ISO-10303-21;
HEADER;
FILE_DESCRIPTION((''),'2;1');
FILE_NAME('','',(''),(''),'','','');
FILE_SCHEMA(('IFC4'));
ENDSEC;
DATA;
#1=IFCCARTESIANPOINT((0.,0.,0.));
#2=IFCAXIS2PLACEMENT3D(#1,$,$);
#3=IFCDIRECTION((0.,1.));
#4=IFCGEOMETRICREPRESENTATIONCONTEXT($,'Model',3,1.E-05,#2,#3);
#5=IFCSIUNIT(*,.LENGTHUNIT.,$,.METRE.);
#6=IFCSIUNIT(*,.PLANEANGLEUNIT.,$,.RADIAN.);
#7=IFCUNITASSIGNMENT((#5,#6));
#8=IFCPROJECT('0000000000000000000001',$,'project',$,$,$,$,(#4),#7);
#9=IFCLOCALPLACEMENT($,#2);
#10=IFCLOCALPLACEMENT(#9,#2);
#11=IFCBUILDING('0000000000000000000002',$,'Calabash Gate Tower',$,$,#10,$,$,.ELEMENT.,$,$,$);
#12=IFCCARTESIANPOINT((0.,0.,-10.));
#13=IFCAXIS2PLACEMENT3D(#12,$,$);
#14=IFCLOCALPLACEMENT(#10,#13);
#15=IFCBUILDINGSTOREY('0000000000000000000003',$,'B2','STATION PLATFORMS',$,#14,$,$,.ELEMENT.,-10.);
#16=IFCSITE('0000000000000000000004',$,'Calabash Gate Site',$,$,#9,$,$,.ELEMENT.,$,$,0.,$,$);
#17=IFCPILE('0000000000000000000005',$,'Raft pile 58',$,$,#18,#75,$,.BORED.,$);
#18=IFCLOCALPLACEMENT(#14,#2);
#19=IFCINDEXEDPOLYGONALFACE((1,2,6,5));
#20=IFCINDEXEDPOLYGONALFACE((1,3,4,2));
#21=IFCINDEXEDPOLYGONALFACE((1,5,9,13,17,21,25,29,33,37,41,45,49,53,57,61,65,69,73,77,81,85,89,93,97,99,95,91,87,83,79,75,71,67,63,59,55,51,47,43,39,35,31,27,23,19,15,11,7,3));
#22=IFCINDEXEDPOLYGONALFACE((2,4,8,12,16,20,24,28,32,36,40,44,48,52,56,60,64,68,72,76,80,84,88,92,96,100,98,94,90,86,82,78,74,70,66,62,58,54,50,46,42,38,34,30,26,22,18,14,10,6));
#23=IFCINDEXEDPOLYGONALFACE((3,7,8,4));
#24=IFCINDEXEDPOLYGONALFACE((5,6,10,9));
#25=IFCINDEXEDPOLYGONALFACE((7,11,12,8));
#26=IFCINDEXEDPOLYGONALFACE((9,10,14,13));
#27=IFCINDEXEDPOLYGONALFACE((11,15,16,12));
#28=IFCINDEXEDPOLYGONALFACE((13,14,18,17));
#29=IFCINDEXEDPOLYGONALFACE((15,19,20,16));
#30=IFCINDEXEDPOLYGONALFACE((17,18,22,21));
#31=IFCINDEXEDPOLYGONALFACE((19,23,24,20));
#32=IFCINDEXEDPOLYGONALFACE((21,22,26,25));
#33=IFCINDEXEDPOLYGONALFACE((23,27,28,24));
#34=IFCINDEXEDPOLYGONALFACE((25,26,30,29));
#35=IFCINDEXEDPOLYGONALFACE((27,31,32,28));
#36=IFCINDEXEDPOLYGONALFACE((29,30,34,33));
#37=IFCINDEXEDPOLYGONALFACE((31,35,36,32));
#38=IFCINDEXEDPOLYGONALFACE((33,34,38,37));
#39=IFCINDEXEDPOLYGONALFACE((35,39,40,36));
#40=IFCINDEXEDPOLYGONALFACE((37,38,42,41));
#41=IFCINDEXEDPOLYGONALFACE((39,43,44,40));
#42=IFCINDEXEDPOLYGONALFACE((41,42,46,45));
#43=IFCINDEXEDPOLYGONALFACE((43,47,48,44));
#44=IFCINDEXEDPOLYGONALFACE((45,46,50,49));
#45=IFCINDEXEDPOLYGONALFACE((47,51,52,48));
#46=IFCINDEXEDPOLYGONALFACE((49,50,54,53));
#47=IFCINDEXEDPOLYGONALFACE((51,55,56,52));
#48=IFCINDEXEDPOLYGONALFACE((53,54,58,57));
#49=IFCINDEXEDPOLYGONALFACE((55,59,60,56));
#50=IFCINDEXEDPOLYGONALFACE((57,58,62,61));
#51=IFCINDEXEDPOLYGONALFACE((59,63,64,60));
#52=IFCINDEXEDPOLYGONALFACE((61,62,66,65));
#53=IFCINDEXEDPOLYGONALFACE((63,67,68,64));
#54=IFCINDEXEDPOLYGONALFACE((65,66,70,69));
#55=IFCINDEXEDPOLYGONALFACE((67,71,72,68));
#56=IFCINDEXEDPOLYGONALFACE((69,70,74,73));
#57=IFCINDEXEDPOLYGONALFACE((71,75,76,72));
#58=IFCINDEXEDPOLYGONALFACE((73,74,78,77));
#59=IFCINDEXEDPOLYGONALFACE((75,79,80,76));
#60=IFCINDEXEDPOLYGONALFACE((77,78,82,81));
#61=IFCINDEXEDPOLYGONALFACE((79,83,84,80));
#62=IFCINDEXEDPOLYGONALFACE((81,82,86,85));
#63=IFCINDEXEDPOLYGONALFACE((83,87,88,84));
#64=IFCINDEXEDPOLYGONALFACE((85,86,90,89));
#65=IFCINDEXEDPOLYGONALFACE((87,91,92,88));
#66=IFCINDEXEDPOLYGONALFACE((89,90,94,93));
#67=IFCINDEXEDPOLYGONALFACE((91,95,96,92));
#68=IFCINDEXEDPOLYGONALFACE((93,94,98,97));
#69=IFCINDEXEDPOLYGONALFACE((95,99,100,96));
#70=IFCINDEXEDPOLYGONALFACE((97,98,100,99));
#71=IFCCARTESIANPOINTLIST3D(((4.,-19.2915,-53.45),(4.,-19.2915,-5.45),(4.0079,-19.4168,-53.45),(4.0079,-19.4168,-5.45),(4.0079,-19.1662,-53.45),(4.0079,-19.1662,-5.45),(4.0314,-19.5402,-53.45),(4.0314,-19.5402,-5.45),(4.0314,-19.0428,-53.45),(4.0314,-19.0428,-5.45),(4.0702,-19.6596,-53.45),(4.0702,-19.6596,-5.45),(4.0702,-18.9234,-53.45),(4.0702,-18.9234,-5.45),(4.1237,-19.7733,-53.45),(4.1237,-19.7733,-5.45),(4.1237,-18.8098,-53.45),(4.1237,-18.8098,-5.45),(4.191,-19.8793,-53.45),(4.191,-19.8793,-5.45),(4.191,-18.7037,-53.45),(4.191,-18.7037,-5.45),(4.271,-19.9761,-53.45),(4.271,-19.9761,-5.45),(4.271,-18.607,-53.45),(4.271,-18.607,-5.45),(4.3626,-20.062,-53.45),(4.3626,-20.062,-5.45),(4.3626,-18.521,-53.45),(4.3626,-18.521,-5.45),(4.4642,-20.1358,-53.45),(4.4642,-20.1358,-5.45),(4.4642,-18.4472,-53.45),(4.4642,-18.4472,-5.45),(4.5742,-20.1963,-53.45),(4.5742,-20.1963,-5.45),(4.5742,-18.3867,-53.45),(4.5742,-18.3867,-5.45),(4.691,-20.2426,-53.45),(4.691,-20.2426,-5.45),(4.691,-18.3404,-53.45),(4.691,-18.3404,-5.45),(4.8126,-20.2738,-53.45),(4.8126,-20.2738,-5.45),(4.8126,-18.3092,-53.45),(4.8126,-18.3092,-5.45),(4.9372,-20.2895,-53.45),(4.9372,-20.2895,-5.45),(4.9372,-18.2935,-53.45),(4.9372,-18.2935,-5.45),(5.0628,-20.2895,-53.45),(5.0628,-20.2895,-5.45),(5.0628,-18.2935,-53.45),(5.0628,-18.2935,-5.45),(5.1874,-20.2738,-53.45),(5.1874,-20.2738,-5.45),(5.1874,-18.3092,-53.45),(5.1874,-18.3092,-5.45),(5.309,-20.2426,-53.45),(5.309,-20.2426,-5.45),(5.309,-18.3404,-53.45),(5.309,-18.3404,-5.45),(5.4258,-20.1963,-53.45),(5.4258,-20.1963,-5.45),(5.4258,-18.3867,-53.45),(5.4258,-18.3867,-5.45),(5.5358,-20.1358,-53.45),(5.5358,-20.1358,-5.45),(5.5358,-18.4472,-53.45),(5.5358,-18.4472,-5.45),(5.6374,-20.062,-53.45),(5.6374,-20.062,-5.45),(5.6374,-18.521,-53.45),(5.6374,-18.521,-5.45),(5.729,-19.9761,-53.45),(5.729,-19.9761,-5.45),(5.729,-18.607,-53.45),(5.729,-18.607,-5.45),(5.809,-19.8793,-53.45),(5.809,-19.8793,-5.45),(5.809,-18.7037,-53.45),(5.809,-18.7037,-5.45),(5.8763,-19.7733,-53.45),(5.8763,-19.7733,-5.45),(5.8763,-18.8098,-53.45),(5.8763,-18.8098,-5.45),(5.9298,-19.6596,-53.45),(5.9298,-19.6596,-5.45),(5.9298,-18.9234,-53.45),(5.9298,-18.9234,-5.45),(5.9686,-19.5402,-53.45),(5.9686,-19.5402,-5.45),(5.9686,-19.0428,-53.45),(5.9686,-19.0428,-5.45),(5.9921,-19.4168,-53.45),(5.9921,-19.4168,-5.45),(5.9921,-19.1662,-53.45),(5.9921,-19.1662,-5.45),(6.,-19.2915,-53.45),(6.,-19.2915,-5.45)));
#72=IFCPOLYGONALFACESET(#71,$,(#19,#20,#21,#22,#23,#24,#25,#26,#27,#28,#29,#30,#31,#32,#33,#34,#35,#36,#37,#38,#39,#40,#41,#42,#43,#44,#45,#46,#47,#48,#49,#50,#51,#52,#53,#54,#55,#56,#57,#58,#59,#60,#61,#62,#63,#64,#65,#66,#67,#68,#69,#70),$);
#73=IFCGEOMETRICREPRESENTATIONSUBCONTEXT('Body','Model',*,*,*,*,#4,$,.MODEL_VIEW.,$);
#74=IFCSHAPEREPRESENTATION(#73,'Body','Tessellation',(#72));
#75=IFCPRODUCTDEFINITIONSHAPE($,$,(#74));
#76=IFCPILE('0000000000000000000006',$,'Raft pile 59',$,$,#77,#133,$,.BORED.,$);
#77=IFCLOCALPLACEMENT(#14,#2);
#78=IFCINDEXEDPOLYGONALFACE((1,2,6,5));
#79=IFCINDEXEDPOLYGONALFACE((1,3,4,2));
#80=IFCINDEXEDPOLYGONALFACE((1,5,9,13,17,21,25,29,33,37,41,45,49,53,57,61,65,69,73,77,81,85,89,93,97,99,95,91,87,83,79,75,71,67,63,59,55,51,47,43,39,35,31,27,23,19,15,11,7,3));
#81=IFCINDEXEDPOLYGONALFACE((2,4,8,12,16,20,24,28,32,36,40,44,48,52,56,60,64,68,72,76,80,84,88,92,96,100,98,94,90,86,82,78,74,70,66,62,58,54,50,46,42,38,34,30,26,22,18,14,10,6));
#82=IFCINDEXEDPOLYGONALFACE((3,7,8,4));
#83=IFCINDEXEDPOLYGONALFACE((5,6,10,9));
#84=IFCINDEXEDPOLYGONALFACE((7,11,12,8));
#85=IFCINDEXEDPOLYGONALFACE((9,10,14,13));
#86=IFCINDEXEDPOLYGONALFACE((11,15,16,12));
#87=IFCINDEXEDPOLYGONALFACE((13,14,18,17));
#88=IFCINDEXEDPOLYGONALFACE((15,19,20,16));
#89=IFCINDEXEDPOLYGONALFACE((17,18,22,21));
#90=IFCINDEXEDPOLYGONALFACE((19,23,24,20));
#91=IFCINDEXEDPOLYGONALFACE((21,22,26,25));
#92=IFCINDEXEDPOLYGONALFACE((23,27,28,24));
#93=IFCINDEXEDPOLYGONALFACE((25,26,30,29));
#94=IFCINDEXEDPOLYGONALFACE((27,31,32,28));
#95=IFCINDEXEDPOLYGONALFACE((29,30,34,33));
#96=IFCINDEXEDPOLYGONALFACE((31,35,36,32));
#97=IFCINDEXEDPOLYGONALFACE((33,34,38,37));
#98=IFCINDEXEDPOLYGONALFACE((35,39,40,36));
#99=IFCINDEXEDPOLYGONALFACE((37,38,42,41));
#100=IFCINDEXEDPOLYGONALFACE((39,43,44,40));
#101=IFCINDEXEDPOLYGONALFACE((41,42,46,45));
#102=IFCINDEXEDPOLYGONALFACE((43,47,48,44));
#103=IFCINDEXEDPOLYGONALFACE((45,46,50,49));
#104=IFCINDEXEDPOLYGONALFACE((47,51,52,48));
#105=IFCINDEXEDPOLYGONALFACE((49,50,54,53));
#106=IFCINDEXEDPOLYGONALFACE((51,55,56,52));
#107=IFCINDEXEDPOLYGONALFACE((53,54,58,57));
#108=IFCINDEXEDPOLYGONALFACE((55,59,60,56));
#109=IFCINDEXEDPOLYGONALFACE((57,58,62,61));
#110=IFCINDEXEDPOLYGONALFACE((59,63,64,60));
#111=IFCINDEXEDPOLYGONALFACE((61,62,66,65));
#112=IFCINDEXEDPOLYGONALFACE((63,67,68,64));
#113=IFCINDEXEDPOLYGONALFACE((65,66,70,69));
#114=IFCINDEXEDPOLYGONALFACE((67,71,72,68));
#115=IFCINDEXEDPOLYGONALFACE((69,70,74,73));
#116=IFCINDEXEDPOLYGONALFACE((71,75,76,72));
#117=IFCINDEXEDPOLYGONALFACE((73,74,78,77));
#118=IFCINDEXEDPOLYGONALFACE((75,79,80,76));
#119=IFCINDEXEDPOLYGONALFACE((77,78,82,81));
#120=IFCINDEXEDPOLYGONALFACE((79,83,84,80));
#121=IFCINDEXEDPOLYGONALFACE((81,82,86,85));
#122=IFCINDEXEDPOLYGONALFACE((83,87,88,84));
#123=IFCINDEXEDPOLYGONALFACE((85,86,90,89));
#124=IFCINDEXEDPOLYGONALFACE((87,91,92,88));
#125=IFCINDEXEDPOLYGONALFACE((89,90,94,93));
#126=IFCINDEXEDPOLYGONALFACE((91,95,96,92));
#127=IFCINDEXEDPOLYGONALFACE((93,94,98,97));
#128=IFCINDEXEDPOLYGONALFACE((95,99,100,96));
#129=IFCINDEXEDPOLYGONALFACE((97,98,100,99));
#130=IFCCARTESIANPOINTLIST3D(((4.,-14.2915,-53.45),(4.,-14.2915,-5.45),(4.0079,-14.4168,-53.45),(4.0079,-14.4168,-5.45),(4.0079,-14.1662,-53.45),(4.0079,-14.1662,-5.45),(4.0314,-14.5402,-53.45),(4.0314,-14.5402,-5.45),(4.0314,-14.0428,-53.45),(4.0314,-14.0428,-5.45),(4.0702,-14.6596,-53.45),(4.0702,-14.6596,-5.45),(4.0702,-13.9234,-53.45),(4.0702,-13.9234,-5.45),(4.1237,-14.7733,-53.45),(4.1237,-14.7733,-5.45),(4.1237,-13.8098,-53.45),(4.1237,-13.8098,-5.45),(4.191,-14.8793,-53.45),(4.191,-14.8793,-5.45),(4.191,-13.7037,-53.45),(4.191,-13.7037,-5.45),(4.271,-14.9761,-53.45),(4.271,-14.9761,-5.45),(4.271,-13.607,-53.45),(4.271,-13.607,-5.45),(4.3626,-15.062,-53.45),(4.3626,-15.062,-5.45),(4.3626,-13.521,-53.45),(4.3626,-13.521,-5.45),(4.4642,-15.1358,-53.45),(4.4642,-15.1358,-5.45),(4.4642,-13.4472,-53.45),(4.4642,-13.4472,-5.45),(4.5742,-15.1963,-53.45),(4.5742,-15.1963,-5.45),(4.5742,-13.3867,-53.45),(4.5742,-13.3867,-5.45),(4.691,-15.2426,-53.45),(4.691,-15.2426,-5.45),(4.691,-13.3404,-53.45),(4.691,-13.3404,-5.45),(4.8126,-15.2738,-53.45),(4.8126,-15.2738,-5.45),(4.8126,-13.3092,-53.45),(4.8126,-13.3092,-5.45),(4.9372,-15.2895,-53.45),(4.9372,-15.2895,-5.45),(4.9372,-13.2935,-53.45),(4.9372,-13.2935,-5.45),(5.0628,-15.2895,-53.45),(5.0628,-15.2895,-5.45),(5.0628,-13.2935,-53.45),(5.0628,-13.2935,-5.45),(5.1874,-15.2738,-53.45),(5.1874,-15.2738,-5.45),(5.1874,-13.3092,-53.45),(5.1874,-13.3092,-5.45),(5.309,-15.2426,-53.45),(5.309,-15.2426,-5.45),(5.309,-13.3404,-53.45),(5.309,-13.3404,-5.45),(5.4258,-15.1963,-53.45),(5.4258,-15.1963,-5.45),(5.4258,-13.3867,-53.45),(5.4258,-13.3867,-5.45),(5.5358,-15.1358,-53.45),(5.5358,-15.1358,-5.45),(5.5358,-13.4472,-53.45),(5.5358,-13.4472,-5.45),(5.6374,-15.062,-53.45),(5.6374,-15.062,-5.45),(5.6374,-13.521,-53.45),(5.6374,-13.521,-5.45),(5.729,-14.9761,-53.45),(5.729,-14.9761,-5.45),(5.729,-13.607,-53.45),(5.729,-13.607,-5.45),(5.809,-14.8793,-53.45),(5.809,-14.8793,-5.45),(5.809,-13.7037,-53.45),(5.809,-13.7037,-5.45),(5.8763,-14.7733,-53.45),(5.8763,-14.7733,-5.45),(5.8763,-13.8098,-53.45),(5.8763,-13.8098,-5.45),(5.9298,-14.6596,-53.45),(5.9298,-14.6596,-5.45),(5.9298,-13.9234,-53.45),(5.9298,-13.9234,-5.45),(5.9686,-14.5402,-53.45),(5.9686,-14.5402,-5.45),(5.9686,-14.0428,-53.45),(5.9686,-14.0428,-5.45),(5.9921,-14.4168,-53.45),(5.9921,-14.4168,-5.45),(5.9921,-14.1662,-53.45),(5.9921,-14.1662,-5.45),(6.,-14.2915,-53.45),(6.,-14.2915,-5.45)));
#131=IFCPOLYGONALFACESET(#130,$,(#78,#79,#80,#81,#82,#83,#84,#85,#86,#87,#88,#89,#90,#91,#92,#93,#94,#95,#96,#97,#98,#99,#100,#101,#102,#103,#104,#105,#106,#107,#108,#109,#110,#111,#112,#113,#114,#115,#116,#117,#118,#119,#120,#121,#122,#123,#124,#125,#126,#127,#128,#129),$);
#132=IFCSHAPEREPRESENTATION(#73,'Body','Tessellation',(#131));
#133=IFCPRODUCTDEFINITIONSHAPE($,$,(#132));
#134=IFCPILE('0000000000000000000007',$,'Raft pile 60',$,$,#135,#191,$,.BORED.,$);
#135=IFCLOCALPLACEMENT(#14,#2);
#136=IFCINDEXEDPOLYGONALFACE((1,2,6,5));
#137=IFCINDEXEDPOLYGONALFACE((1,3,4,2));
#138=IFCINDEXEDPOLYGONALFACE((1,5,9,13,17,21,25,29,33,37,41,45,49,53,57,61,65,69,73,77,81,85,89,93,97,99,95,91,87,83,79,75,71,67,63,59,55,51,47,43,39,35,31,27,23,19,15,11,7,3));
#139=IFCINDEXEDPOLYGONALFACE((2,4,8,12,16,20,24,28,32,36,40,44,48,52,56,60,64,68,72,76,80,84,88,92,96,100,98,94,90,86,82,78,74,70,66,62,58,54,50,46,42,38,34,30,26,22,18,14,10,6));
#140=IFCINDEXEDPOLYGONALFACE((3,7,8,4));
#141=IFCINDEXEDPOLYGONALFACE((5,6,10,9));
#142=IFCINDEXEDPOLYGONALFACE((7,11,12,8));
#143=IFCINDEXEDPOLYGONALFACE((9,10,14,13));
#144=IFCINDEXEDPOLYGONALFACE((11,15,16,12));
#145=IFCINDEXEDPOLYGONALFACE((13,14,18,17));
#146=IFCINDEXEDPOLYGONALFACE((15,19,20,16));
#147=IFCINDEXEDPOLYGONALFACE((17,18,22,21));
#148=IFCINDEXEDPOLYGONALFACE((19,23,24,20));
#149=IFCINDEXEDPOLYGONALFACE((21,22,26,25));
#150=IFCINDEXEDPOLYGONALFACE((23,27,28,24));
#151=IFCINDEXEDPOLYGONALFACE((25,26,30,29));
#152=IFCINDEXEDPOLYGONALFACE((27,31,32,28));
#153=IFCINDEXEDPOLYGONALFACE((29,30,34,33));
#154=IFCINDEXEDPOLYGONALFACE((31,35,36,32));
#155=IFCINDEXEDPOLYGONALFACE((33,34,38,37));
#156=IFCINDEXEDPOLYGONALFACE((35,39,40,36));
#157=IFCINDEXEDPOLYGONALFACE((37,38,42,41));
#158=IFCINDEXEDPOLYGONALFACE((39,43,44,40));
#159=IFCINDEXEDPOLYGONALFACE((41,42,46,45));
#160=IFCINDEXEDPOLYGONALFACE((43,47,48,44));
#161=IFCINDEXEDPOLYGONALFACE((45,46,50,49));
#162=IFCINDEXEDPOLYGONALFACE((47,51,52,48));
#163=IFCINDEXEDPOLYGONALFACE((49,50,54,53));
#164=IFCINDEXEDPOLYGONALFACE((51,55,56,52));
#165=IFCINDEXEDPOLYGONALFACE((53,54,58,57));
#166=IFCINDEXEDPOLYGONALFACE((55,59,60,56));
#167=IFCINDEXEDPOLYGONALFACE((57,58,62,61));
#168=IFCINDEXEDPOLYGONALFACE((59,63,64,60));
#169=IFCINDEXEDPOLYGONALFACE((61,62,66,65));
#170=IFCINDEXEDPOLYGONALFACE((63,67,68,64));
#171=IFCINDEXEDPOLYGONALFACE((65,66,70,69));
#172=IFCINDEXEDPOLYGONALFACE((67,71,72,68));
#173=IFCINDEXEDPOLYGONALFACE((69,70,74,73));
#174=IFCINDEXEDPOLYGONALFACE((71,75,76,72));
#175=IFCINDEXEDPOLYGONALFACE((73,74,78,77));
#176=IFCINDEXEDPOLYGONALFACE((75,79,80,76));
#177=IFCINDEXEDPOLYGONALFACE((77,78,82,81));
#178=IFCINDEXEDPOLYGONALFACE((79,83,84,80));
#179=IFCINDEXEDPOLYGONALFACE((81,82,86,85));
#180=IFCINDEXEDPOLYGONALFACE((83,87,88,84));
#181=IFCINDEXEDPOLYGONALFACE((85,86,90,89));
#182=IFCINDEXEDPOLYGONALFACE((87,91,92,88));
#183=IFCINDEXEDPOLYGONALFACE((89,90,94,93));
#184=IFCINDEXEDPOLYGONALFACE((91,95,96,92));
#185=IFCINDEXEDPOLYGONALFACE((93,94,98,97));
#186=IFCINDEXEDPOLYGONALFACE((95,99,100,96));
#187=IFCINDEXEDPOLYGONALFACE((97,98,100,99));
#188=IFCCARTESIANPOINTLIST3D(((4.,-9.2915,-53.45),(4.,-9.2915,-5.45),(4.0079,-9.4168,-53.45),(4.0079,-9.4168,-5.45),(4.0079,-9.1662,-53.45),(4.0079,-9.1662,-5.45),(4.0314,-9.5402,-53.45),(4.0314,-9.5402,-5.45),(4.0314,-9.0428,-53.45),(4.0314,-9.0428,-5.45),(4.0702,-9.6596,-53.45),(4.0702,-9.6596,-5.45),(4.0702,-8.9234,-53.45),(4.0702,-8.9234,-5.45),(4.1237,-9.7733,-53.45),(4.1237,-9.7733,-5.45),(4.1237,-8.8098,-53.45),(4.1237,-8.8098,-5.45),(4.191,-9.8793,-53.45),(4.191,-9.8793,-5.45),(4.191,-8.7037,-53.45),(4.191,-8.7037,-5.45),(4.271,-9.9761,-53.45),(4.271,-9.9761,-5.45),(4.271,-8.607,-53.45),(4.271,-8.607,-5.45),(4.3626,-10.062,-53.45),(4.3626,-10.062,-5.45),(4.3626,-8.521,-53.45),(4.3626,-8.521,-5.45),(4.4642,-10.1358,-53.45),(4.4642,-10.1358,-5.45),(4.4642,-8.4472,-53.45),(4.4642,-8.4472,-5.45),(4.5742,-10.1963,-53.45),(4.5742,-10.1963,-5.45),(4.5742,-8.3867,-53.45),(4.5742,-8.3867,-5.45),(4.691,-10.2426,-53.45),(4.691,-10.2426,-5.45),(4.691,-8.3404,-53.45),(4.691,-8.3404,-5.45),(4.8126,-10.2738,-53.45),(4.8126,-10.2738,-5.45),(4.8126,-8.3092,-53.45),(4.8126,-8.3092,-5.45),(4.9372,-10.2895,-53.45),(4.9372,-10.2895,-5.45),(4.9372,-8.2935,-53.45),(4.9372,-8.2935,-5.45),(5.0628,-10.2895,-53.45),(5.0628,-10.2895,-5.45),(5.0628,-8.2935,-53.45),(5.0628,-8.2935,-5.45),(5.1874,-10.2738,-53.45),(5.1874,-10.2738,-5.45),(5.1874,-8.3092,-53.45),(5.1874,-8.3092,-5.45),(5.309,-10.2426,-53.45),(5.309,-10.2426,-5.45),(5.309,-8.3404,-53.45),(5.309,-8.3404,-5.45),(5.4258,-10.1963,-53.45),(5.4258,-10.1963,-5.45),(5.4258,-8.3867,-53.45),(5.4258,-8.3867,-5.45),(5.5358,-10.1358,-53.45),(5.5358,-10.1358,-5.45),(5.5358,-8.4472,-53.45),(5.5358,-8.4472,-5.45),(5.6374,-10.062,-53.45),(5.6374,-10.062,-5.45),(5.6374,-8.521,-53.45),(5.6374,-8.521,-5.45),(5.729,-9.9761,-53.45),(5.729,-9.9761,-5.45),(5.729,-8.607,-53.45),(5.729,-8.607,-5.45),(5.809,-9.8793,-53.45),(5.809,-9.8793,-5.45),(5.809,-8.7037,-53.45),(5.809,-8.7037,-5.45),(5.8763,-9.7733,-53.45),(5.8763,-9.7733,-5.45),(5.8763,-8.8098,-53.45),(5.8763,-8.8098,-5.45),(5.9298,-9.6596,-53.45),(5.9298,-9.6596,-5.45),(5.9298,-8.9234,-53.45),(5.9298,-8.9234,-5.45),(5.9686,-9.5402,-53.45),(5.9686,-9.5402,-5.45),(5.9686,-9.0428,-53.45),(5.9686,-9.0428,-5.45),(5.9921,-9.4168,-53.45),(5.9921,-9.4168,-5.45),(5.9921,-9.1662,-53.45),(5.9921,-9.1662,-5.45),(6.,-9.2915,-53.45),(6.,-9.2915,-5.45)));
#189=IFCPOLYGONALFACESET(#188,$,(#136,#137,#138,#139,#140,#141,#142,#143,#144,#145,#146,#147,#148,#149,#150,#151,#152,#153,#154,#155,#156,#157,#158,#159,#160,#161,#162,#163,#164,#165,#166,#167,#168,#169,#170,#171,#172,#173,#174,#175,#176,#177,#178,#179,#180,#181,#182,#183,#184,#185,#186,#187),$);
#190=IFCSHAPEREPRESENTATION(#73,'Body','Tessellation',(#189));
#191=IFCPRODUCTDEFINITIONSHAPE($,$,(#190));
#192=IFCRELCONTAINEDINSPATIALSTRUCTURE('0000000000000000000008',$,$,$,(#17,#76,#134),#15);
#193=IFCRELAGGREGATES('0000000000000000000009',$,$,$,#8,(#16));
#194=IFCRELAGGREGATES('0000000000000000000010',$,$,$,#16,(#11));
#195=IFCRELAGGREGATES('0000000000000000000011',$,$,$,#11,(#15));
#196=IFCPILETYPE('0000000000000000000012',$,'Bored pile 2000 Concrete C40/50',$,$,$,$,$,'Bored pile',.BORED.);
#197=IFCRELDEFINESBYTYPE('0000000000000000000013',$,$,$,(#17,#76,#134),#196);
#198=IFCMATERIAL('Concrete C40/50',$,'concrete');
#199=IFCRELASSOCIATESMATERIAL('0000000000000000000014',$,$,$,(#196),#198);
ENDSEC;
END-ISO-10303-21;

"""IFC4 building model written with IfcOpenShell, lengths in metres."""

from ifc_helpers import new_model, si_unit, direction, frame, origin, origin_2d, place, context, subcontext, project, spatial, circle, extrude, material, material_profile, profile_set, type_object, element, save


model = new_model("IFC4")

# Units and contexts
model_context = context("Model", 3, precision=1e-05, world=origin(), true_north=direction((0.0, 1.0)))
body_context = subcontext(model_context, "Body", "Model", "MODEL_VIEW")
ifc_project = project(units=[si_unit("LENGTHUNIT", "METRE"), si_unit("PLANEANGLEUNIT", "RADIAN")], contexts=[model_context])

# Site, building, storey
site_placement = place(None, origin())
site = spatial("IfcSite", under=ifc_project, at=site_placement, Name="Calabash Gate Site", CompositionType="ELEMENT", RefElevation=0.0)
building_placement = place(site_placement, origin())
building = spatial("IfcBuilding", under=site, at=building_placement, Name="Calabash Gate Tower", CompositionType="ELEMENT")
storey_placement = place(building_placement, frame((0.0, 0.0, -10.0)))
storey = spatial("IfcBuildingStorey", under=building, at=storey_placement, Name="B2", Description="STATION PLATFORMS", CompositionType="ELEMENT", Elevation=-10.0)

# Piles
ifc_material_1 = material(Name="Concrete C40/50", Category="concrete")
ifc_material_profile_1 = material_profile(ifc_material_1, circle(Radius=1.0, at=origin_2d()))
ifc_profile_set_1 = profile_set([ifc_material_profile_1], Name="Concrete C40/50")
pile_type = type_object("IfcPileType", Name="Bored pile 2000 Concrete C40/50", ElementType="Bored pile", PredefinedType="BORED", material=ifc_profile_set_1)
for number, where, z_axis, x_axis, name in (
    (1, (5.0, -19.2915, -5.45), (0.0, 0.0, -1.0), (1.0, 0.0, 0.0), "Raft pile 58"),
    (2, (5.0, -14.2915, -5.45), (0.0, 0.0, -1.0), (1.0, 0.0, 0.0), "Raft pile 59"),
    (3, (5.0, -9.2915, -5.45), (0.0, 0.0, -1.0), (1.0, 0.0, 0.0), "Raft pile 60"),
):
    element("IfcPile", number, at=place(storey_placement, frame(where, z_axis=z_axis, x_axis=x_axis)), inside=storey, type_object=pile_type, Name=name, PredefinedType="BORED", context=body_context, shape_type="SweptSolid", body=[
        extrude(circle(Radius=1.0, at=origin_2d()), origin(), (0.0, 0.0, 1.0), 48.0),
    ])

save(model, "model.ifc")
